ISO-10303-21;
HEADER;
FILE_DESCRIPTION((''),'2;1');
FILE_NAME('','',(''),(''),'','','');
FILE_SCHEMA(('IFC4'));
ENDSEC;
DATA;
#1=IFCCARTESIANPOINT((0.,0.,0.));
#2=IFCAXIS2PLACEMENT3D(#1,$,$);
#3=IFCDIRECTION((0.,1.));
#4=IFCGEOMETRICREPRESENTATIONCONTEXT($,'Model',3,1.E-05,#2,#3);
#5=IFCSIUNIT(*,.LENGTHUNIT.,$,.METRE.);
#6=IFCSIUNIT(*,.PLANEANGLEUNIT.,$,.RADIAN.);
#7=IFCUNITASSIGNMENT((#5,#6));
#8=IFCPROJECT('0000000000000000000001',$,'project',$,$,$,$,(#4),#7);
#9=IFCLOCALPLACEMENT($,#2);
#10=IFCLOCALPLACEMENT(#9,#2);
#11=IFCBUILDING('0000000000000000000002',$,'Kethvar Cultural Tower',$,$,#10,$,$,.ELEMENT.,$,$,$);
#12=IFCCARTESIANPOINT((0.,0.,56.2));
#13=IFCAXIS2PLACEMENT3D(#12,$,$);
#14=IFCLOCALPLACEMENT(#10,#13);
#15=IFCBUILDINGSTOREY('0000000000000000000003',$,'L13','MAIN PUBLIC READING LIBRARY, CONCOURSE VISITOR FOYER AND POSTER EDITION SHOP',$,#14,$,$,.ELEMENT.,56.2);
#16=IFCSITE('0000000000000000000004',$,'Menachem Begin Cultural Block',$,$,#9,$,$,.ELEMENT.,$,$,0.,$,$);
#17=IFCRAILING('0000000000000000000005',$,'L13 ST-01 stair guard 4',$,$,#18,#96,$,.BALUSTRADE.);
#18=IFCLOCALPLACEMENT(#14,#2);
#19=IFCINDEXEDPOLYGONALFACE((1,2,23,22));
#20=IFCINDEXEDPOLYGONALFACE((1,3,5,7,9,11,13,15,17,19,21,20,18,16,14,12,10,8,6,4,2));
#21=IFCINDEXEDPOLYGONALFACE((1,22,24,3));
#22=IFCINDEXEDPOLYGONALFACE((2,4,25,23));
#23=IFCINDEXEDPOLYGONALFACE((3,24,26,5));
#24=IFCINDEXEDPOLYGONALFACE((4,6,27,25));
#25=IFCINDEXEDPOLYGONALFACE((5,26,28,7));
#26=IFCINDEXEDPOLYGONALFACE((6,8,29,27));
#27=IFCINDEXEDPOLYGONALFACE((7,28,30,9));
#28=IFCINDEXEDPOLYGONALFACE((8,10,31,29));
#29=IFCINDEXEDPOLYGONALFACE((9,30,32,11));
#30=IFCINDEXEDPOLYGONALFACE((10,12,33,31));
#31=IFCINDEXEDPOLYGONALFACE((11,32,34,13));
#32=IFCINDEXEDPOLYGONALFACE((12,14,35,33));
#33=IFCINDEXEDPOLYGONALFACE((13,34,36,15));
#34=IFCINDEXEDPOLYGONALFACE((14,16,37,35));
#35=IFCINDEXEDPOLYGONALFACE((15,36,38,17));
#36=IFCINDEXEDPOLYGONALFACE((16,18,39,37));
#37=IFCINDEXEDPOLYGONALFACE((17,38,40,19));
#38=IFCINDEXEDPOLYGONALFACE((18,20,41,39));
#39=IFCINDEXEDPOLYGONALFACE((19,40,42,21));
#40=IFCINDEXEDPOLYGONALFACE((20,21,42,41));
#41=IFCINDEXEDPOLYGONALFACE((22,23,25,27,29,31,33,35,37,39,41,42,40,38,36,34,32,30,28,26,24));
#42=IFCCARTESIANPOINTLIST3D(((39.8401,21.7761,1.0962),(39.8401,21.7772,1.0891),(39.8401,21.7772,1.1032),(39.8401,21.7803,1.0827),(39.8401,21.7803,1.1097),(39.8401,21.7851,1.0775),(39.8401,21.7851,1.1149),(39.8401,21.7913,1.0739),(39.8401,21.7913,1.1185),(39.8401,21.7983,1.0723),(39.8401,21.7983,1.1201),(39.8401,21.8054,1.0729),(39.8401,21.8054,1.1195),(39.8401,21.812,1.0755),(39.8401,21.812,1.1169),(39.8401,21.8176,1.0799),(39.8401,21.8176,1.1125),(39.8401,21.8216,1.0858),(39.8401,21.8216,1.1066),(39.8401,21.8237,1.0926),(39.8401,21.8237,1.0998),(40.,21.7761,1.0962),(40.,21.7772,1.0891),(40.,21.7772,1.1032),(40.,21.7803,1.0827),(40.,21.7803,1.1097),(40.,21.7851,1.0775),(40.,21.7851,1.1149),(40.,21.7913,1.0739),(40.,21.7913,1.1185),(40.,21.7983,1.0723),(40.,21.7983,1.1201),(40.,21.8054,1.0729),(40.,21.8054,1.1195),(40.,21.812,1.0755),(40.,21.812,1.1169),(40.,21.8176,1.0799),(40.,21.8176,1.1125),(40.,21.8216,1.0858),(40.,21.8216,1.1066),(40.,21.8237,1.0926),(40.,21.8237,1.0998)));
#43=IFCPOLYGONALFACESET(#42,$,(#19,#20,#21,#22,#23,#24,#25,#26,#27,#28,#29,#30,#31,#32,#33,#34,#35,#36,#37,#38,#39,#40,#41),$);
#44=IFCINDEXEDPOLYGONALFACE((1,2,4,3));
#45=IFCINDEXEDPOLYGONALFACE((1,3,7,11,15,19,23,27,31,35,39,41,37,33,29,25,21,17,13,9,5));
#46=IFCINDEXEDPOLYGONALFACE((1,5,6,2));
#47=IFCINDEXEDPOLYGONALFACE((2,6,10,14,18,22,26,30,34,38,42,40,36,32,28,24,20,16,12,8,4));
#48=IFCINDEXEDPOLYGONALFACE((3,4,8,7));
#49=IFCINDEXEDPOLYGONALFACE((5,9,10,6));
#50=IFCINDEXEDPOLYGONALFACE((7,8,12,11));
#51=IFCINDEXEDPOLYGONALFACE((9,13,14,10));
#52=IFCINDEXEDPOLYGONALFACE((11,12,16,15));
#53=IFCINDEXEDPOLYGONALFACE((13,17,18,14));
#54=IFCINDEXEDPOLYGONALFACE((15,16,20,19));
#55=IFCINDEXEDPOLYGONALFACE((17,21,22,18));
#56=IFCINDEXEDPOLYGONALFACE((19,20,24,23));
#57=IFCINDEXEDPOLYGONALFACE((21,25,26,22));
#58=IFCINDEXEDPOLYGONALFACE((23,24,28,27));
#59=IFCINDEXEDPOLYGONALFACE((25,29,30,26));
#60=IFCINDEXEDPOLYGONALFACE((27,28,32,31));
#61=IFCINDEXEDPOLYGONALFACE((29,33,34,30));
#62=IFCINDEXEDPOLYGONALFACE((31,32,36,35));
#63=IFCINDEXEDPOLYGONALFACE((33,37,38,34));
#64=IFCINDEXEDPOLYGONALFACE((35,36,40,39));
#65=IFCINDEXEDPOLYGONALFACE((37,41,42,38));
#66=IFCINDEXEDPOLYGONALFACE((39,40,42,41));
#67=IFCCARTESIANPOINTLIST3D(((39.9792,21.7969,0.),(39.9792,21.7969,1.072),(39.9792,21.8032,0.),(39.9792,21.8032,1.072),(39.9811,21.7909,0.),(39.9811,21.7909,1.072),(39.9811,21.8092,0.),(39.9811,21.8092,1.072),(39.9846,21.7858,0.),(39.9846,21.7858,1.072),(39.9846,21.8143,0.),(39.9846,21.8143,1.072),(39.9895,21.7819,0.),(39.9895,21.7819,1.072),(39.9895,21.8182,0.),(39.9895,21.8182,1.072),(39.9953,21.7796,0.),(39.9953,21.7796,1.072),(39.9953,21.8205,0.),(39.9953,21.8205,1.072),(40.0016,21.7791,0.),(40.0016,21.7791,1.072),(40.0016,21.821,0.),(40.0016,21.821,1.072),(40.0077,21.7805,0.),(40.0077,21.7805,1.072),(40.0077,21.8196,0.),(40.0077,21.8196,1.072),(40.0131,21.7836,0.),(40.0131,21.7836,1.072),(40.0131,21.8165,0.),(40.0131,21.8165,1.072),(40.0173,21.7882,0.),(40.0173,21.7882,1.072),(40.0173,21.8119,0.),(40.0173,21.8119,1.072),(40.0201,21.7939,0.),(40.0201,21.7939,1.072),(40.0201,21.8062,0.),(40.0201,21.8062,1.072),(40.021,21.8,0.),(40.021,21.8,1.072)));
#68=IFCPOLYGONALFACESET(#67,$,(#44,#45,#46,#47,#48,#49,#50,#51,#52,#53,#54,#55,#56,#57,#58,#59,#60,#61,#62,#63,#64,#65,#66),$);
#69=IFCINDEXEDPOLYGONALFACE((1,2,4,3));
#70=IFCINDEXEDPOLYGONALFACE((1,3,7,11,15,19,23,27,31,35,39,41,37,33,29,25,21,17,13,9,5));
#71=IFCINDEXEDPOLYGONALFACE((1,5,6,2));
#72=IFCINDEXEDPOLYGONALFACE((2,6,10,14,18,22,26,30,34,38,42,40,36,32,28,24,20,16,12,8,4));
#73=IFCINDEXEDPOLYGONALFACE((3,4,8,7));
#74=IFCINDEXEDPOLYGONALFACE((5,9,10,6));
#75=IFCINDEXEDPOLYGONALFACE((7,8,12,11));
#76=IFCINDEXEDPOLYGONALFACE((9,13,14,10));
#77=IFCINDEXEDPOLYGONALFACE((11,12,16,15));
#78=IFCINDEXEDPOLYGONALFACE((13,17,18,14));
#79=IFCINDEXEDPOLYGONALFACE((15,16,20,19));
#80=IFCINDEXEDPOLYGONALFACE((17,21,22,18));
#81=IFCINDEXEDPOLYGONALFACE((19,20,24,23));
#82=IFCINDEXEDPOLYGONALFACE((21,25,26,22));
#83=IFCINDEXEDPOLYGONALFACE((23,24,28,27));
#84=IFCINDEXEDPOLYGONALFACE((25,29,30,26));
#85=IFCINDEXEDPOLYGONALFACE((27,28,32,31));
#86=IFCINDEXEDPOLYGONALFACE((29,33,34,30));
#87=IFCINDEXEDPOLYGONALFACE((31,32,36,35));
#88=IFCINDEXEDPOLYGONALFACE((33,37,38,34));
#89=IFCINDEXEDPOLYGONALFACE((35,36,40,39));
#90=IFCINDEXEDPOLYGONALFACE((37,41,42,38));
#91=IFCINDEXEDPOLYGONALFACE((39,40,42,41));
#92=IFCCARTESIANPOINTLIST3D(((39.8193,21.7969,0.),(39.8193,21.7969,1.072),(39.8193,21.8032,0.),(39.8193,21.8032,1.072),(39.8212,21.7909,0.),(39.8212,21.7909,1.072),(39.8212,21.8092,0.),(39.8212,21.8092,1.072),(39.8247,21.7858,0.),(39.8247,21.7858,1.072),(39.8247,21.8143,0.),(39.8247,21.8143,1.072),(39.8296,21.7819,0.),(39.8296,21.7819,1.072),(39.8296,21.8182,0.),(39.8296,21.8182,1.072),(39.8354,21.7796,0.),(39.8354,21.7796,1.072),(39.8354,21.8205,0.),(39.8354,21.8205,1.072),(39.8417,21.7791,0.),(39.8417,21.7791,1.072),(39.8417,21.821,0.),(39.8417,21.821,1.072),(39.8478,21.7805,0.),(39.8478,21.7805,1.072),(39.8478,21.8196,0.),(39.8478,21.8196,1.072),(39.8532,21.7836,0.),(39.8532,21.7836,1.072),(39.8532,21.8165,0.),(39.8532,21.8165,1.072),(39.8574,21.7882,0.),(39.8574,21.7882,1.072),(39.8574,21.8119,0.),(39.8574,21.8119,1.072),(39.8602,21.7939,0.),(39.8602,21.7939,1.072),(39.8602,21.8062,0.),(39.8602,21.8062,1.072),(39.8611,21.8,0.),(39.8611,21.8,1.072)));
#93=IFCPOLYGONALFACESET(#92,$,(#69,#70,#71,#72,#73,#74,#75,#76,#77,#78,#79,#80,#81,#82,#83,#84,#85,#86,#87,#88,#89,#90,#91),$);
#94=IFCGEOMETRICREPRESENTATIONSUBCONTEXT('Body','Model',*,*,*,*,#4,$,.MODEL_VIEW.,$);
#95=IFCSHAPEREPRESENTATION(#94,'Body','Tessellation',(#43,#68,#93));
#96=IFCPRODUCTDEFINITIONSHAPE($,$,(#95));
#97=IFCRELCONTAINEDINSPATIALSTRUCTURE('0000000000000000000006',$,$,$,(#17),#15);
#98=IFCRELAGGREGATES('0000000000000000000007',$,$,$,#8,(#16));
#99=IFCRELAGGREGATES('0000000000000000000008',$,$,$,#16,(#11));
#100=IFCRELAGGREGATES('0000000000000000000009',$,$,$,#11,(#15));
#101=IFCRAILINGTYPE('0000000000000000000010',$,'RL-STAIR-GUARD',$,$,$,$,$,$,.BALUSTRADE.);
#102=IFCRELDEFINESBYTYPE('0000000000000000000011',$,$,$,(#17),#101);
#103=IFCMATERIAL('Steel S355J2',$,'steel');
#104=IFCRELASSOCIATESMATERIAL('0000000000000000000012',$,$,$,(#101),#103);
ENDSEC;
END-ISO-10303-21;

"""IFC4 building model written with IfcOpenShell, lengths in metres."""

from ifc_helpers import new_model, si_unit, direction, frame, origin, origin_2d, place, context, subcontext, project, spatial, circle, extrude, material, type_object, element, save


model = new_model("IFC4")

# Units and contexts
model_context = context("Model", 3, precision=1e-05, world=origin(), true_north=direction((0.0, 1.0)))
body_context = subcontext(model_context, "Body", "Model", "MODEL_VIEW")
ifc_project = project(units=[si_unit("LENGTHUNIT", "METRE"), si_unit("PLANEANGLEUNIT", "RADIAN")], contexts=[model_context])

# Site, building, storey
site_placement = place(None, origin())
site = spatial("IfcSite", under=ifc_project, at=site_placement, Name="Menachem Begin Cultural Block", CompositionType="ELEMENT", RefElevation=0.0)
building_placement = place(site_placement, origin())
building = spatial("IfcBuilding", under=site, at=building_placement, Name="Kethvar Cultural Tower", CompositionType="ELEMENT")
storey_placement = place(building_placement, frame((0.0, 0.0, 56.2)))
storey = spatial("IfcBuildingStorey", under=building, at=storey_placement, Name="L13", Description="MAIN PUBLIC READING LIBRARY, CONCOURSE VISITOR FOYER AND POSTER EDITION SHOP", CompositionType="ELEMENT", Elevation=56.2)

# Shared definitions
ifc_material_1 = material(Name="Steel S355J2", Category="steel")

# Railing
railing_type_1 = type_object("IfcRailingType", Name="RL-STAIR-GUARD", PredefinedType="BALUSTRADE", material=ifc_material_1)
railing_1_placement = place(storey_placement, frame((40.0, 21.8, 0.0)))
element("IfcRailing", 1, at=railing_1_placement, inside=storey, type_object=railing_type_1, Name="L13 ST-01 stair guard 4", PredefinedType="BALUSTRADE", context=body_context, shape_type="SweptSolid", body=[
    extrude(circle(Radius=0.0239, at=origin_2d()), frame((0.0, 0.0, 1.0962), z_axis=(-1.0, 0.0, 0.0), x_axis=(0.0, -1.0, 0.0)), (0.0, 0.0, 1.0), 0.1599),
    extrude(circle(Radius=0.021, at=origin_2d()), origin(), (0.0, 0.0, 1.0), 1.072),
    extrude(circle(Radius=0.021, at=origin_2d()), frame((-0.1599, 0.0, 0.0)), (0.0, 0.0, 1.0), 1.072),
])

save(model, "model.ifc")
